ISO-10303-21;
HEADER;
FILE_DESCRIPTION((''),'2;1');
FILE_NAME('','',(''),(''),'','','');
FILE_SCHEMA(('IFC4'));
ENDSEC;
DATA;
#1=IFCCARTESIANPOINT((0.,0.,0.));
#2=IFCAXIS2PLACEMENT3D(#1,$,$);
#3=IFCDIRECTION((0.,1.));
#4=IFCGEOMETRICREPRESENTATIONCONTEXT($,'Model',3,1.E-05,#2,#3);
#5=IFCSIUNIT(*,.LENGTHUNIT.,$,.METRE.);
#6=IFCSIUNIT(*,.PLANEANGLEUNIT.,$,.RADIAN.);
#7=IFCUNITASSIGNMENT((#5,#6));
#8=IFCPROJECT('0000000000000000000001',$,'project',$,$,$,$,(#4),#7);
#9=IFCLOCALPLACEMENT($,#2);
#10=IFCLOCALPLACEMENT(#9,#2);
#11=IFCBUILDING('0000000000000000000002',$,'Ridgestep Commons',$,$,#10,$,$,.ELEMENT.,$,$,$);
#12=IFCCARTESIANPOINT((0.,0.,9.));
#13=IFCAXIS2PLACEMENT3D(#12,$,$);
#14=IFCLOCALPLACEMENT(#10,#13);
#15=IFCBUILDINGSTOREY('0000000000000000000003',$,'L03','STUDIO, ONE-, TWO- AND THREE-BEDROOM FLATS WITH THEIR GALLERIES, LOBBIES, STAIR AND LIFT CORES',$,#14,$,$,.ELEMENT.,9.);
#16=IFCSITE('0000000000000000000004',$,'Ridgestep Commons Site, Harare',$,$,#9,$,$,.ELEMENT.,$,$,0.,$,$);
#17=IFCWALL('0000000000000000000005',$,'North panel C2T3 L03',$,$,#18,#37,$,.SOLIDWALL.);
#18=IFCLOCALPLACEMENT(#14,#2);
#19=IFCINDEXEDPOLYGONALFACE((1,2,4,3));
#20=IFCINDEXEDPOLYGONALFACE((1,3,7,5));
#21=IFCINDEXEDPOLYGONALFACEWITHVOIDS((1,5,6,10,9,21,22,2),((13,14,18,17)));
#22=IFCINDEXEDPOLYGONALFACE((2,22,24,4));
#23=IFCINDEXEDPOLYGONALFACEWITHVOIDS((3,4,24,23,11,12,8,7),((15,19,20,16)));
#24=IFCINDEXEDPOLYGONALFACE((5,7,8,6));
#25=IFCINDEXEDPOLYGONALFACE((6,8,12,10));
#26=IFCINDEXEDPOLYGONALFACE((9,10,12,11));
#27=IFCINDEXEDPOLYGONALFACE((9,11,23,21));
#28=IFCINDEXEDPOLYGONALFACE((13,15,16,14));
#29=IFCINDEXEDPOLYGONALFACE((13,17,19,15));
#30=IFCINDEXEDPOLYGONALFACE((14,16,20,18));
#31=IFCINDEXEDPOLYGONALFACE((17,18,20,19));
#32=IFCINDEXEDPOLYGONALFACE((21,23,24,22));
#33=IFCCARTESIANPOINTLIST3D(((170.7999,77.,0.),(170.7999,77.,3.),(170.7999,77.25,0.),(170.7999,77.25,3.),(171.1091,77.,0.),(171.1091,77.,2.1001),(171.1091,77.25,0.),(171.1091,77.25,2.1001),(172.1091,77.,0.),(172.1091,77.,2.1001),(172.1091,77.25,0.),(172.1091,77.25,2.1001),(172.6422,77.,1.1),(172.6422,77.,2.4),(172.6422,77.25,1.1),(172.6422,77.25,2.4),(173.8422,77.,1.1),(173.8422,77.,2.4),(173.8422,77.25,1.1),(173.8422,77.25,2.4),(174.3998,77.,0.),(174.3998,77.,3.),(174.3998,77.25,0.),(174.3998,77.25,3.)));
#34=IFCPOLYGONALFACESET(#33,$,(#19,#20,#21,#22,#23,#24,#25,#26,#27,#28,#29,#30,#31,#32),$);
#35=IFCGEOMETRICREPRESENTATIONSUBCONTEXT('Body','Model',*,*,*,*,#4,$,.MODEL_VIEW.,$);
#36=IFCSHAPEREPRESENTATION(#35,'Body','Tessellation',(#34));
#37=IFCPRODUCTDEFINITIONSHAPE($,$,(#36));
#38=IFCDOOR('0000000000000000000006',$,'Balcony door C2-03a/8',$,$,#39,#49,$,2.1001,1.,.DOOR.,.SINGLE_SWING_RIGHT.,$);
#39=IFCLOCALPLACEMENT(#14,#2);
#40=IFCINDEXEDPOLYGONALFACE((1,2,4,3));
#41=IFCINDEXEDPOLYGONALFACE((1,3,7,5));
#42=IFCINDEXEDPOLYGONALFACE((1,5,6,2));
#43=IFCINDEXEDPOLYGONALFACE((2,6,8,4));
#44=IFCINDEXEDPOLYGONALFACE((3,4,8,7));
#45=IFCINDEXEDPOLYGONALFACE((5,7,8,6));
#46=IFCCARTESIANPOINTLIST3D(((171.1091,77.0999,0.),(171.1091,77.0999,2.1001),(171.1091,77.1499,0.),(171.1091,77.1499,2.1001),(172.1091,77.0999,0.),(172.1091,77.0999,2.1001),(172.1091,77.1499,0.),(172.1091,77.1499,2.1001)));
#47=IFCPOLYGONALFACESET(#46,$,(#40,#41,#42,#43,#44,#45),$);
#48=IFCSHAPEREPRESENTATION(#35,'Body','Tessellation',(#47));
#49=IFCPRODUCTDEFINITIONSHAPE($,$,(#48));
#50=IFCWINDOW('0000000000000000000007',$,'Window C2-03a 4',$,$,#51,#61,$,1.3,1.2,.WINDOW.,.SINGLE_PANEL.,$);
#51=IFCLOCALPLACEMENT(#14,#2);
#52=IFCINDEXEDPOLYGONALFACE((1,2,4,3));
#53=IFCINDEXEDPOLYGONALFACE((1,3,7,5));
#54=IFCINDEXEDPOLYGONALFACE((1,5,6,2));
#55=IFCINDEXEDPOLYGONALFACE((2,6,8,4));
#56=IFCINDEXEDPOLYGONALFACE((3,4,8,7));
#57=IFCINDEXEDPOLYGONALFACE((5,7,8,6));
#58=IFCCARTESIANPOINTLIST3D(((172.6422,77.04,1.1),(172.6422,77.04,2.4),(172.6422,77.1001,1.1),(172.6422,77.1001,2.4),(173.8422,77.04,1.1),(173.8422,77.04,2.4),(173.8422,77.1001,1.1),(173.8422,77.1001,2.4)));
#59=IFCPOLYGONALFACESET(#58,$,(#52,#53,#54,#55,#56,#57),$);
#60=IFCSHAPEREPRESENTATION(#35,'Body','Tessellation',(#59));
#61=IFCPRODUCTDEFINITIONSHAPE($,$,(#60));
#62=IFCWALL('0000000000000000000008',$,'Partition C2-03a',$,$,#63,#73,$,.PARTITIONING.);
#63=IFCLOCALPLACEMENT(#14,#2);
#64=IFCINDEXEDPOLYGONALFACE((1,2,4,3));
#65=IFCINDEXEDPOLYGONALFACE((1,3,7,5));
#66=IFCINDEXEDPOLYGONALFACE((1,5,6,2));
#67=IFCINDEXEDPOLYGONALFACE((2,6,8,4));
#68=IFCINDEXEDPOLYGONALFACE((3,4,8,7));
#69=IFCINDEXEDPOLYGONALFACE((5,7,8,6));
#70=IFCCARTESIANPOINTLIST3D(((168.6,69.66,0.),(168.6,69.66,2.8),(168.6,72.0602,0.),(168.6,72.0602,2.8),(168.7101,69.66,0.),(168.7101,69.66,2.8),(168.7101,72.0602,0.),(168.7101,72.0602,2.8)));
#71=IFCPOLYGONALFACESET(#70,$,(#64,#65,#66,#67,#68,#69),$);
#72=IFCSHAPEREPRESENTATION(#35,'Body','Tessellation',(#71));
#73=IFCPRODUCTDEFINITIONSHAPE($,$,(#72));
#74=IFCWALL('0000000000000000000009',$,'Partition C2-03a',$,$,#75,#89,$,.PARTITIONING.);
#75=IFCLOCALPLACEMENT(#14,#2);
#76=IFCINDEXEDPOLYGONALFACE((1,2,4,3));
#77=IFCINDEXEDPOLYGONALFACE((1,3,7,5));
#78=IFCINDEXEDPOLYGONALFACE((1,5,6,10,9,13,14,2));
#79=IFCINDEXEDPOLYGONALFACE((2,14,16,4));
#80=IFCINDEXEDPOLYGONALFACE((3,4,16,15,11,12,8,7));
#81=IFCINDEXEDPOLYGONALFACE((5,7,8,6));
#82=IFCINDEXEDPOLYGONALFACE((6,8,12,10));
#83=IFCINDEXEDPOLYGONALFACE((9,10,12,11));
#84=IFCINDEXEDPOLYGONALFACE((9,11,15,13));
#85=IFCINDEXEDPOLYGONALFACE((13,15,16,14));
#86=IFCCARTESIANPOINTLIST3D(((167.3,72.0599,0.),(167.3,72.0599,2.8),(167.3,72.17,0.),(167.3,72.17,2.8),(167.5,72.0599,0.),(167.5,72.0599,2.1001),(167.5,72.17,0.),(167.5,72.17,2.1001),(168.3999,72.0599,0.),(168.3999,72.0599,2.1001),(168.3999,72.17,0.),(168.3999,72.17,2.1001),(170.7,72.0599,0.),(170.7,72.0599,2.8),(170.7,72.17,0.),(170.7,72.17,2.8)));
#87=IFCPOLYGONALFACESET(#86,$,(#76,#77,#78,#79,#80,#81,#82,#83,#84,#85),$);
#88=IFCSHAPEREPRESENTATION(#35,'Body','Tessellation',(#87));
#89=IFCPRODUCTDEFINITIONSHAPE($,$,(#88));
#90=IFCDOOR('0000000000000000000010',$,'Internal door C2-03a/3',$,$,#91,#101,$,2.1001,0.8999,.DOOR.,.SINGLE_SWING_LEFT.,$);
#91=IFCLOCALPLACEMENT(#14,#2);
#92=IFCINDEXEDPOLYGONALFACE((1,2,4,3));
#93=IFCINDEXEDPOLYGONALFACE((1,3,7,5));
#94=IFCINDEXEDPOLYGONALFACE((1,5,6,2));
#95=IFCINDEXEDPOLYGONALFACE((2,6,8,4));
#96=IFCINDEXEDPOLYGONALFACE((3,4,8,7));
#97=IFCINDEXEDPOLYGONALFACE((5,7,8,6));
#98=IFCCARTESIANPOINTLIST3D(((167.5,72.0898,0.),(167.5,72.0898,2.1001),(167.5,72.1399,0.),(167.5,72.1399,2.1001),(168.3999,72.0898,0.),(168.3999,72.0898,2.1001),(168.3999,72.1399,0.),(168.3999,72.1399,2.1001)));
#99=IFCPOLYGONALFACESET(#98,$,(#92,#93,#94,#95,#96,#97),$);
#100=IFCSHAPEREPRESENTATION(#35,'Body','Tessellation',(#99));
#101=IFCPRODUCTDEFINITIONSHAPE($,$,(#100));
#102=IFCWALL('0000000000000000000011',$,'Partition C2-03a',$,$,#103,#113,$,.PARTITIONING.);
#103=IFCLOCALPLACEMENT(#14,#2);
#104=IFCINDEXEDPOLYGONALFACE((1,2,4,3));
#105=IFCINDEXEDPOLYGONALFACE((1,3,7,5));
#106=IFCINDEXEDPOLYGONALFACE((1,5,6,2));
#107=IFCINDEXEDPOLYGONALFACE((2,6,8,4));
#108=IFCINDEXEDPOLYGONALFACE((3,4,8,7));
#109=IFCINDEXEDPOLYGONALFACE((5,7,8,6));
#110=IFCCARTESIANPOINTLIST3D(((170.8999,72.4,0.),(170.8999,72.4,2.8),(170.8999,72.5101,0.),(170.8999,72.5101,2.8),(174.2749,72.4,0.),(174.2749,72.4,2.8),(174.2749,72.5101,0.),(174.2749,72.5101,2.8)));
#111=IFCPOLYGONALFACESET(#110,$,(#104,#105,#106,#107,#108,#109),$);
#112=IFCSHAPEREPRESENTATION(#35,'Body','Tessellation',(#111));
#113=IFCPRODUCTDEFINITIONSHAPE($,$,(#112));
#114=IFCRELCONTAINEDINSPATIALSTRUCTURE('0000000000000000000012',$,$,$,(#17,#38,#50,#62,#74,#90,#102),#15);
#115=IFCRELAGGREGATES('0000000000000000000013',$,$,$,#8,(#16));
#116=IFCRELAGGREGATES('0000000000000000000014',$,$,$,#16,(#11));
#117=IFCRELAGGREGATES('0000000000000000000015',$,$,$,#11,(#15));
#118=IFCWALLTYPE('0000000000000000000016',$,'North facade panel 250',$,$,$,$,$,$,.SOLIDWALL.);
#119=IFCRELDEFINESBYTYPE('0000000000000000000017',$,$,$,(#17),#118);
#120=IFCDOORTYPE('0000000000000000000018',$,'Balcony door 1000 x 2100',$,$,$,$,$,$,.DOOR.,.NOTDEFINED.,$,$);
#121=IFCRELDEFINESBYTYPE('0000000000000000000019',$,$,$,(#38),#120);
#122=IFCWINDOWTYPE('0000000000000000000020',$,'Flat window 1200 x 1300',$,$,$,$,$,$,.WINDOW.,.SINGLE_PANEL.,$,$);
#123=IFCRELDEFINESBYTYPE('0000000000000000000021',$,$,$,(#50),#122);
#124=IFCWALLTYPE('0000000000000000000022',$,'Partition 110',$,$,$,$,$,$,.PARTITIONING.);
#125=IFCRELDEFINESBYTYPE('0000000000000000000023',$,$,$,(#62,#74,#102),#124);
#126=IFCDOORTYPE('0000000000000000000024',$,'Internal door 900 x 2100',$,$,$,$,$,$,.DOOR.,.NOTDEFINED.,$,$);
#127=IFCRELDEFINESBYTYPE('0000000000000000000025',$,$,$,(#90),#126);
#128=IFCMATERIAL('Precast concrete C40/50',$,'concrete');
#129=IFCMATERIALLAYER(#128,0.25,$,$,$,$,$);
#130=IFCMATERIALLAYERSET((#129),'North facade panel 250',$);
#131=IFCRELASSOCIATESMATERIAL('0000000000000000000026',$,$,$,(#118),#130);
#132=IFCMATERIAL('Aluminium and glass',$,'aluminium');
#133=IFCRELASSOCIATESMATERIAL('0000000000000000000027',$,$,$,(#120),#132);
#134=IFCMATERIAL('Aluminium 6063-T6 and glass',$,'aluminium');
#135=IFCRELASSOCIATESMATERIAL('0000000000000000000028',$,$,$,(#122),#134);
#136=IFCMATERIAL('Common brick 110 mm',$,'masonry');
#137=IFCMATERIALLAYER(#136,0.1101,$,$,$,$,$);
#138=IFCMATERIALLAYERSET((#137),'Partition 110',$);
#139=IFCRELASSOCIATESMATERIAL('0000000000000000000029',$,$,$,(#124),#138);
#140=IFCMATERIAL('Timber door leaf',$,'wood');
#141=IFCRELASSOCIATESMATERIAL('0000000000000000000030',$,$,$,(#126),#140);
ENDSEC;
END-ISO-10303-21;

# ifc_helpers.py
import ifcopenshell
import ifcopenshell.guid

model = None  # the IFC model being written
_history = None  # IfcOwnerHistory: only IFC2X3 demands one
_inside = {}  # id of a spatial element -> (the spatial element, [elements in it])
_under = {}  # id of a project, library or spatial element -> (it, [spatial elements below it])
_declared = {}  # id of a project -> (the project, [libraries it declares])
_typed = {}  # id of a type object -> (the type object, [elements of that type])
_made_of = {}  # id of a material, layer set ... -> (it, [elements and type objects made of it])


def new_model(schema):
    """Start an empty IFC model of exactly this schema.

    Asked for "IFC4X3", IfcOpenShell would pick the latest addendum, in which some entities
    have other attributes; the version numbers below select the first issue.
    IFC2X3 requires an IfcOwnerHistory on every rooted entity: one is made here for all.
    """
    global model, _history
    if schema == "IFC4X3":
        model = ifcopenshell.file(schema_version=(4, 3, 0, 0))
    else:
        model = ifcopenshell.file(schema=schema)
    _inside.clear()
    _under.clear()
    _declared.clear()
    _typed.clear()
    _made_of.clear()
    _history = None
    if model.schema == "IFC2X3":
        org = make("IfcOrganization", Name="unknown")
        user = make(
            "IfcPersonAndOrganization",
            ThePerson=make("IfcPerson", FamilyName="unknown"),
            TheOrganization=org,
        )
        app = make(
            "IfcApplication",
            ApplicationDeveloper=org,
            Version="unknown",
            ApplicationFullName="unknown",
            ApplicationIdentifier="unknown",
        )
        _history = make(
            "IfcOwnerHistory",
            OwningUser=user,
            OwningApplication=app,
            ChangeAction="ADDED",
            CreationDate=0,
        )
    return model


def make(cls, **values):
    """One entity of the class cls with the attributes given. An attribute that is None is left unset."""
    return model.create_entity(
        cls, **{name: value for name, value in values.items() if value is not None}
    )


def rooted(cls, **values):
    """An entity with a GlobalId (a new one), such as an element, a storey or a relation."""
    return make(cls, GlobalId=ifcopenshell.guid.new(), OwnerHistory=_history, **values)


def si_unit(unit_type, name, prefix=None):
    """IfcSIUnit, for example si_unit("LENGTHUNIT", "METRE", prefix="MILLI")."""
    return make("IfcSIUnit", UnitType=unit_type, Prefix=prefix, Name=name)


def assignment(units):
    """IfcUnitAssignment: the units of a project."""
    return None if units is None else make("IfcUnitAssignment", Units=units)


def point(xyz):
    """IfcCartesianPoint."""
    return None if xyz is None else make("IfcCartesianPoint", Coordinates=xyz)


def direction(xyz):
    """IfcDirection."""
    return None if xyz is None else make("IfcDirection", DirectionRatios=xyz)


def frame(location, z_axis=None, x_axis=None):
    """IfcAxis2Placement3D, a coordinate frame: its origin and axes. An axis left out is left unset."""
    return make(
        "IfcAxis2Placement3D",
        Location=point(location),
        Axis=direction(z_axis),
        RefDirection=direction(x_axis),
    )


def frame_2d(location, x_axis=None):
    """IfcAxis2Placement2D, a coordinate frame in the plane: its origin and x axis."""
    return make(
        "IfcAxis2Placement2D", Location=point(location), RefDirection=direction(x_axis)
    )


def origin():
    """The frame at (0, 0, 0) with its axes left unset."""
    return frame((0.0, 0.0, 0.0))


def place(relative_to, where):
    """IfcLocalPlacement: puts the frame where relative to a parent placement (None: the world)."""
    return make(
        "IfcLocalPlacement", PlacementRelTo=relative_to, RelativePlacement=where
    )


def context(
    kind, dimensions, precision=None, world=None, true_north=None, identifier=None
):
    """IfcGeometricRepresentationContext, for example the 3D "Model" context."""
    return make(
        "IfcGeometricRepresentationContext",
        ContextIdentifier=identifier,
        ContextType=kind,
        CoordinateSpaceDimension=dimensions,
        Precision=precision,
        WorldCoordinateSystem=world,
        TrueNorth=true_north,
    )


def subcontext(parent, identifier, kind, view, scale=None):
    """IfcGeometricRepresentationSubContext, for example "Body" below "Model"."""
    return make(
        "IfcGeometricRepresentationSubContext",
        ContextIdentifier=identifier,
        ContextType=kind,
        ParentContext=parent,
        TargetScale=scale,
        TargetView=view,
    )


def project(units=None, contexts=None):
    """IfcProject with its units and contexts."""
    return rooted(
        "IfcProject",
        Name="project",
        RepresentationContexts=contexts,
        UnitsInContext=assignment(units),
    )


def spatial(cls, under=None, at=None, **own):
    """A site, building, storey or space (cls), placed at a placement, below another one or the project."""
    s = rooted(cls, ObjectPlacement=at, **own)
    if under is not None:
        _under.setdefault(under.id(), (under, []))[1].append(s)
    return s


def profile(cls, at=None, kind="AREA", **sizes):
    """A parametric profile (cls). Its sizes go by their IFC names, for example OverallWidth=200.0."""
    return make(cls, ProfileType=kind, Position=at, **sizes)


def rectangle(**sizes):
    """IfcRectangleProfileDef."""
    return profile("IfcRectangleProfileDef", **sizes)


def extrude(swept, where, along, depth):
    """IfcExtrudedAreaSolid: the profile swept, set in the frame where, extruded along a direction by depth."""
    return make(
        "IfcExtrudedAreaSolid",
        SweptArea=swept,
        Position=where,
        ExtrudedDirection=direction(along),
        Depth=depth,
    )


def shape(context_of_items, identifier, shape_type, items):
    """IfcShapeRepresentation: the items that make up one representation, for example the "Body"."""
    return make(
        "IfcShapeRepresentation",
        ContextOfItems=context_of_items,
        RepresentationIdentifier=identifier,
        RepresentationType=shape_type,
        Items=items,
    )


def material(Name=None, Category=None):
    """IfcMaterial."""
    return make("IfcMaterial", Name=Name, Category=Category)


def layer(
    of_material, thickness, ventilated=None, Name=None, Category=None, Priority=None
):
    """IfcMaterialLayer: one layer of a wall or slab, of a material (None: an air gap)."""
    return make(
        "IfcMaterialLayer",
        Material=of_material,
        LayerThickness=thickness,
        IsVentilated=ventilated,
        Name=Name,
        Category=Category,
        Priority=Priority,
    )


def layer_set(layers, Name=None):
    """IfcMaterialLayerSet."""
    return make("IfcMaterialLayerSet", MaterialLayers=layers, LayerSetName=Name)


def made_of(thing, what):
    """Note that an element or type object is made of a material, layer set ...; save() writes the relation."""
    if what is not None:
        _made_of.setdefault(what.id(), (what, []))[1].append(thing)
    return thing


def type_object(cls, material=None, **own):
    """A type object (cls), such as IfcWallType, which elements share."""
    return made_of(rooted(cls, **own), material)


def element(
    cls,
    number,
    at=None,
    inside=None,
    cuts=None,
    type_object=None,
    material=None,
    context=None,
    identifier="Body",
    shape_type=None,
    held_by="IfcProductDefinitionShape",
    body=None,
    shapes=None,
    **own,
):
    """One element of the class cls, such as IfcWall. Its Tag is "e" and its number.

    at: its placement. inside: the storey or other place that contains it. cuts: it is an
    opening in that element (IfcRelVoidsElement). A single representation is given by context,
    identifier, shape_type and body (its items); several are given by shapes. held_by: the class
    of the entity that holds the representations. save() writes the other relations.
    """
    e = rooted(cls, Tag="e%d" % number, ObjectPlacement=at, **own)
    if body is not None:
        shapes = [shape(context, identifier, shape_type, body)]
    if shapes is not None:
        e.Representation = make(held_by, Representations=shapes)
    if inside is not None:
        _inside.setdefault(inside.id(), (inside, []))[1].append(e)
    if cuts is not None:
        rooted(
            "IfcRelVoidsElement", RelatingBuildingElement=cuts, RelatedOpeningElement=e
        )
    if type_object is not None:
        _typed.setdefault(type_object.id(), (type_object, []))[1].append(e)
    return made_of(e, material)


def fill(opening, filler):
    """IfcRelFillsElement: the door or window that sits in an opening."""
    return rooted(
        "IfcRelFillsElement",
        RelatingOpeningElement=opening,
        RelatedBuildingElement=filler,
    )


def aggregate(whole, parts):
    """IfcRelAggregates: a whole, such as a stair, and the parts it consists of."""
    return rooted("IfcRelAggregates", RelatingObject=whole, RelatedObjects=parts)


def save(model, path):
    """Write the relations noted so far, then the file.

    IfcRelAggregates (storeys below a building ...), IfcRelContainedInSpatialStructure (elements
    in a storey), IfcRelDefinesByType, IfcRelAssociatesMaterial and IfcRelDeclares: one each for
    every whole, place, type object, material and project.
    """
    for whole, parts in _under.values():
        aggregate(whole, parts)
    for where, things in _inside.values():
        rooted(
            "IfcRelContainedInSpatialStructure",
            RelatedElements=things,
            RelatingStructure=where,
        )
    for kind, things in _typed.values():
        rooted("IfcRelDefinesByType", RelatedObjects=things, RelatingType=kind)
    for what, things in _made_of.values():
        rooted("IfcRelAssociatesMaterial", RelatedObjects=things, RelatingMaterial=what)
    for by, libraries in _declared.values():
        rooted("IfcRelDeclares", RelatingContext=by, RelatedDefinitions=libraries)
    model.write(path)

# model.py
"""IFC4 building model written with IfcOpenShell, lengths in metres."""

from ifc_helpers import new_model, si_unit, direction, frame, frame_2d, origin, place, context, subcontext, project, spatial, rectangle, extrude, material, layer, layer_set, type_object, element, fill, save


model = new_model("IFC4")

# Units and contexts
model_context = context("Model", 3, precision=1e-05, world=origin(), true_north=direction((0.0, 1.0)))
body_context = subcontext(model_context, "Body", "Model", "MODEL_VIEW")
ifc_project = project(units=[si_unit("LENGTHUNIT", "METRE"), si_unit("PLANEANGLEUNIT", "RADIAN")], contexts=[model_context])

# Site, building, storey
site_placement = place(None, origin())
site = spatial("IfcSite", under=ifc_project, at=site_placement, Name="Ridgestep Commons Site, Harare", CompositionType="ELEMENT", RefElevation=0.0)
building_placement = place(site_placement, origin())
building = spatial("IfcBuilding", under=site, at=building_placement, Name="Ridgestep Commons", CompositionType="ELEMENT")
storey_placement = place(building_placement, frame((0.0, 0.0, 9.0)))
storey = spatial("IfcBuildingStorey", under=building, at=storey_placement, Name="L03", Description="STUDIO, ONE-, TWO- AND THREE-BEDROOM FLATS WITH THEIR GALLERIES, LOBBIES, STAIR AND LIFT CORES", CompositionType="ELEMENT", Elevation=9.0)

# Shared definitions
ifc_material_1 = material(Name="Precast concrete C40/50", Category="concrete")
ifc_layer_1 = layer(ifc_material_1, 0.25)
ifc_layer_set_1 = layer_set([ifc_layer_1], Name="North facade panel 250")
wall_type_1 = type_object("IfcWallType", Name="North facade panel 250", PredefinedType="SOLIDWALL", material=ifc_layer_set_1)

# Wall, openings, door, window
wall_1_placement = place(storey_placement, frame((170.8, 77.125, 0.0), z_axis=(0.0, 0.0, 1.0), x_axis=(1.0, 0.0, 0.0)))
wall_1 = element("IfcWall", 1, at=wall_1_placement, inside=storey, type_object=wall_type_1, Name="North panel C2T3 L03", PredefinedType="SOLIDWALL", context=body_context, shape_type="SweptSolid", body=[
    extrude(rectangle(XDim=3.5999, YDim=0.25, at=frame_2d((1.7998, 0.0))), origin(), (0.0, 0.0, 1.0), 3.0),
])
opening_1_placement = place(wall_1_placement, frame((1.842, 0.0, 1.1001)))
opening_1 = element("IfcOpeningElement", 2, at=opening_1_placement, cuts=wall_1, PredefinedType="OPENING", context=body_context, shape_type="SweptSolid", body=[
    extrude(rectangle(XDim=1.2, YDim=1.3, at=frame_2d((0.6001, 0.6499))), frame((0.0, 0.135, 0.0), z_axis=(0.0, -1.0, 0.0), x_axis=(1.0, 0.0, 0.0)), (0.0, 0.0, 1.0), 0.27),
])
opening_2_placement = place(wall_1_placement, frame((0.3091, 0.0, 0.0)))
opening_2 = element("IfcOpeningElement", 3, at=opening_2_placement, cuts=wall_1, PredefinedType="OPENING", context=body_context, shape_type="SweptSolid", body=[
    extrude(rectangle(XDim=1.0, YDim=2.1001, at=frame_2d((0.5, 1.05))), frame((0.0, 0.135, 0.0), z_axis=(0.0, -1.0, 0.0), x_axis=(1.0, 0.0, 0.0)), (0.0, 0.0, 1.0), 0.27),
])
ifc_material_2 = material(Name="Aluminium and glass", Category="aluminium")
door_type_1 = type_object("IfcDoorType", Name="Balcony door 1000 x 2100", OperationType="NOTDEFINED", PredefinedType="DOOR", material=ifc_material_2)
door_1_placement = place(opening_2_placement, origin())
door_1 = element("IfcDoor", 4, at=door_1_placement, inside=storey, type_object=door_type_1, Name="Balcony door C2-03a/8", OperationType="SINGLE_SWING_RIGHT", OverallHeight=2.1001, OverallWidth=1.0, PredefinedType="DOOR", context=body_context, shape_type="SweptSolid", body=[
    extrude(rectangle(XDim=1.0, YDim=2.1001, at=frame_2d((0.5, 1.05))), frame((0.0, 0.0249, 0.0), z_axis=(0.0, -1.0, 0.0), x_axis=(1.0, 0.0, 0.0)), (0.0, 0.0, 1.0), 0.05),
])
fill(opening_2, door_1)
ifc_material_3 = material(Name="Aluminium 6063-T6 and glass", Category="aluminium")
window_type_1 = type_object("IfcWindowType", Name="Flat window 1200 x 1300", PartitioningType="SINGLE_PANEL", PredefinedType="WINDOW", material=ifc_material_3)
window_1_placement = place(opening_1_placement, origin())
window_1 = element("IfcWindow", 5, at=window_1_placement, inside=storey, type_object=window_type_1, Name="Window C2-03a 4", OverallHeight=1.3, OverallWidth=1.2, PartitioningType="SINGLE_PANEL", PredefinedType="WINDOW", context=body_context, shape_type="SweptSolid", body=[
    extrude(rectangle(XDim=1.2, YDim=1.3, at=frame_2d((0.6001, 0.6499))), frame((0.0, -0.0249, 0.0), z_axis=(0.0, -1.0, 0.0), x_axis=(1.0, 0.0, 0.0)), (0.0, 0.0, 1.0), 0.0601),
])
fill(opening_1, window_1)

# Wall
ifc_material_4 = material(Name="Common brick 110 mm", Category="masonry")
ifc_layer_2 = layer(ifc_material_4, 0.1101)
ifc_layer_set_2 = layer_set([ifc_layer_2], Name="Partition 110")
wall_type_2 = type_object("IfcWallType", Name="Partition 110", PredefinedType="PARTITIONING", material=ifc_layer_set_2)
wall_2_placement = place(storey_placement, frame((168.655, 69.6599, 0.0), z_axis=(0.0, 0.0, 1.0), x_axis=(0.0, 1.0, 0.0)))
element("IfcWall", 6, at=wall_2_placement, inside=storey, type_object=wall_type_2, Name="Partition C2-03a", PredefinedType="PARTITIONING", context=body_context, shape_type="SweptSolid", body=[
    extrude(rectangle(XDim=2.4001, YDim=0.1101, at=frame_2d((1.2002, 0.0))), origin(), (0.0, 0.0, 1.0), 2.8),
])

# Wall, opening, door
wall_3_placement = place(storey_placement, frame((167.3, 72.115, 0.0), z_axis=(0.0, 0.0, 1.0), x_axis=(1.0, 0.0, 0.0)))
wall_3 = element("IfcWall", 7, at=wall_3_placement, inside=storey, type_object=wall_type_2, Name="Partition C2-03a", PredefinedType="PARTITIONING", context=body_context, shape_type="SweptSolid", body=[
    extrude(rectangle(XDim=3.3999, YDim=0.1101, at=frame_2d((1.7, 0.0))), origin(), (0.0, 0.0, 1.0), 2.8),
])
opening_3_placement = place(wall_3_placement, frame((0.2, 0.0, 0.0)))
opening_3 = element("IfcOpeningElement", 8, at=opening_3_placement, cuts=wall_3, PredefinedType="OPENING", context=body_context, shape_type="SweptSolid", body=[
    extrude(rectangle(XDim=0.8999, YDim=2.1001, at=frame_2d((0.45, 1.05))), frame((0.0, 0.0649, 0.0), z_axis=(0.0, -1.0, 0.0), x_axis=(1.0, 0.0, 0.0)), (0.0, 0.0, 1.0), 0.1301),
])
ifc_material_5 = material(Name="Timber door leaf", Category="wood")
door_type_2 = type_object("IfcDoorType", Name="Internal door 900 x 2100", OperationType="NOTDEFINED", PredefinedType="DOOR", material=ifc_material_5)
door_2_placement = place(opening_3_placement, origin())
door_2 = element("IfcDoor", 9, at=door_2_placement, inside=storey, type_object=door_type_2, Name="Internal door C2-03a/3", OperationType="SINGLE_SWING_LEFT", OverallHeight=2.1001, OverallWidth=0.8999, PredefinedType="DOOR", context=body_context, shape_type="SweptSolid", body=[
    extrude(rectangle(XDim=0.8999, YDim=2.1001, at=frame_2d((0.45, 1.05))), frame((0.0, 0.0249, 0.0), z_axis=(0.0, -1.0, 0.0), x_axis=(1.0, 0.0, 0.0)), (0.0, 0.0, 1.0), 0.05),
])
fill(opening_3, door_2)

# Wall
wall_4_placement = place(storey_placement, frame((170.8999, 72.4551, 0.0), z_axis=(0.0, 0.0, 1.0), x_axis=(1.0, 0.0, 0.0)))
element("IfcWall", 10, at=wall_4_placement, inside=storey, type_object=wall_type_2, Name="Partition C2-03a", PredefinedType="PARTITIONING", context=body_context, shape_type="SweptSolid", body=[
    extrude(rectangle(XDim=3.375, YDim=0.1101, at=frame_2d((1.6875, 0.0))), origin(), (0.0, 0.0, 1.0), 2.8),
])

save(model, "model.ifc")
